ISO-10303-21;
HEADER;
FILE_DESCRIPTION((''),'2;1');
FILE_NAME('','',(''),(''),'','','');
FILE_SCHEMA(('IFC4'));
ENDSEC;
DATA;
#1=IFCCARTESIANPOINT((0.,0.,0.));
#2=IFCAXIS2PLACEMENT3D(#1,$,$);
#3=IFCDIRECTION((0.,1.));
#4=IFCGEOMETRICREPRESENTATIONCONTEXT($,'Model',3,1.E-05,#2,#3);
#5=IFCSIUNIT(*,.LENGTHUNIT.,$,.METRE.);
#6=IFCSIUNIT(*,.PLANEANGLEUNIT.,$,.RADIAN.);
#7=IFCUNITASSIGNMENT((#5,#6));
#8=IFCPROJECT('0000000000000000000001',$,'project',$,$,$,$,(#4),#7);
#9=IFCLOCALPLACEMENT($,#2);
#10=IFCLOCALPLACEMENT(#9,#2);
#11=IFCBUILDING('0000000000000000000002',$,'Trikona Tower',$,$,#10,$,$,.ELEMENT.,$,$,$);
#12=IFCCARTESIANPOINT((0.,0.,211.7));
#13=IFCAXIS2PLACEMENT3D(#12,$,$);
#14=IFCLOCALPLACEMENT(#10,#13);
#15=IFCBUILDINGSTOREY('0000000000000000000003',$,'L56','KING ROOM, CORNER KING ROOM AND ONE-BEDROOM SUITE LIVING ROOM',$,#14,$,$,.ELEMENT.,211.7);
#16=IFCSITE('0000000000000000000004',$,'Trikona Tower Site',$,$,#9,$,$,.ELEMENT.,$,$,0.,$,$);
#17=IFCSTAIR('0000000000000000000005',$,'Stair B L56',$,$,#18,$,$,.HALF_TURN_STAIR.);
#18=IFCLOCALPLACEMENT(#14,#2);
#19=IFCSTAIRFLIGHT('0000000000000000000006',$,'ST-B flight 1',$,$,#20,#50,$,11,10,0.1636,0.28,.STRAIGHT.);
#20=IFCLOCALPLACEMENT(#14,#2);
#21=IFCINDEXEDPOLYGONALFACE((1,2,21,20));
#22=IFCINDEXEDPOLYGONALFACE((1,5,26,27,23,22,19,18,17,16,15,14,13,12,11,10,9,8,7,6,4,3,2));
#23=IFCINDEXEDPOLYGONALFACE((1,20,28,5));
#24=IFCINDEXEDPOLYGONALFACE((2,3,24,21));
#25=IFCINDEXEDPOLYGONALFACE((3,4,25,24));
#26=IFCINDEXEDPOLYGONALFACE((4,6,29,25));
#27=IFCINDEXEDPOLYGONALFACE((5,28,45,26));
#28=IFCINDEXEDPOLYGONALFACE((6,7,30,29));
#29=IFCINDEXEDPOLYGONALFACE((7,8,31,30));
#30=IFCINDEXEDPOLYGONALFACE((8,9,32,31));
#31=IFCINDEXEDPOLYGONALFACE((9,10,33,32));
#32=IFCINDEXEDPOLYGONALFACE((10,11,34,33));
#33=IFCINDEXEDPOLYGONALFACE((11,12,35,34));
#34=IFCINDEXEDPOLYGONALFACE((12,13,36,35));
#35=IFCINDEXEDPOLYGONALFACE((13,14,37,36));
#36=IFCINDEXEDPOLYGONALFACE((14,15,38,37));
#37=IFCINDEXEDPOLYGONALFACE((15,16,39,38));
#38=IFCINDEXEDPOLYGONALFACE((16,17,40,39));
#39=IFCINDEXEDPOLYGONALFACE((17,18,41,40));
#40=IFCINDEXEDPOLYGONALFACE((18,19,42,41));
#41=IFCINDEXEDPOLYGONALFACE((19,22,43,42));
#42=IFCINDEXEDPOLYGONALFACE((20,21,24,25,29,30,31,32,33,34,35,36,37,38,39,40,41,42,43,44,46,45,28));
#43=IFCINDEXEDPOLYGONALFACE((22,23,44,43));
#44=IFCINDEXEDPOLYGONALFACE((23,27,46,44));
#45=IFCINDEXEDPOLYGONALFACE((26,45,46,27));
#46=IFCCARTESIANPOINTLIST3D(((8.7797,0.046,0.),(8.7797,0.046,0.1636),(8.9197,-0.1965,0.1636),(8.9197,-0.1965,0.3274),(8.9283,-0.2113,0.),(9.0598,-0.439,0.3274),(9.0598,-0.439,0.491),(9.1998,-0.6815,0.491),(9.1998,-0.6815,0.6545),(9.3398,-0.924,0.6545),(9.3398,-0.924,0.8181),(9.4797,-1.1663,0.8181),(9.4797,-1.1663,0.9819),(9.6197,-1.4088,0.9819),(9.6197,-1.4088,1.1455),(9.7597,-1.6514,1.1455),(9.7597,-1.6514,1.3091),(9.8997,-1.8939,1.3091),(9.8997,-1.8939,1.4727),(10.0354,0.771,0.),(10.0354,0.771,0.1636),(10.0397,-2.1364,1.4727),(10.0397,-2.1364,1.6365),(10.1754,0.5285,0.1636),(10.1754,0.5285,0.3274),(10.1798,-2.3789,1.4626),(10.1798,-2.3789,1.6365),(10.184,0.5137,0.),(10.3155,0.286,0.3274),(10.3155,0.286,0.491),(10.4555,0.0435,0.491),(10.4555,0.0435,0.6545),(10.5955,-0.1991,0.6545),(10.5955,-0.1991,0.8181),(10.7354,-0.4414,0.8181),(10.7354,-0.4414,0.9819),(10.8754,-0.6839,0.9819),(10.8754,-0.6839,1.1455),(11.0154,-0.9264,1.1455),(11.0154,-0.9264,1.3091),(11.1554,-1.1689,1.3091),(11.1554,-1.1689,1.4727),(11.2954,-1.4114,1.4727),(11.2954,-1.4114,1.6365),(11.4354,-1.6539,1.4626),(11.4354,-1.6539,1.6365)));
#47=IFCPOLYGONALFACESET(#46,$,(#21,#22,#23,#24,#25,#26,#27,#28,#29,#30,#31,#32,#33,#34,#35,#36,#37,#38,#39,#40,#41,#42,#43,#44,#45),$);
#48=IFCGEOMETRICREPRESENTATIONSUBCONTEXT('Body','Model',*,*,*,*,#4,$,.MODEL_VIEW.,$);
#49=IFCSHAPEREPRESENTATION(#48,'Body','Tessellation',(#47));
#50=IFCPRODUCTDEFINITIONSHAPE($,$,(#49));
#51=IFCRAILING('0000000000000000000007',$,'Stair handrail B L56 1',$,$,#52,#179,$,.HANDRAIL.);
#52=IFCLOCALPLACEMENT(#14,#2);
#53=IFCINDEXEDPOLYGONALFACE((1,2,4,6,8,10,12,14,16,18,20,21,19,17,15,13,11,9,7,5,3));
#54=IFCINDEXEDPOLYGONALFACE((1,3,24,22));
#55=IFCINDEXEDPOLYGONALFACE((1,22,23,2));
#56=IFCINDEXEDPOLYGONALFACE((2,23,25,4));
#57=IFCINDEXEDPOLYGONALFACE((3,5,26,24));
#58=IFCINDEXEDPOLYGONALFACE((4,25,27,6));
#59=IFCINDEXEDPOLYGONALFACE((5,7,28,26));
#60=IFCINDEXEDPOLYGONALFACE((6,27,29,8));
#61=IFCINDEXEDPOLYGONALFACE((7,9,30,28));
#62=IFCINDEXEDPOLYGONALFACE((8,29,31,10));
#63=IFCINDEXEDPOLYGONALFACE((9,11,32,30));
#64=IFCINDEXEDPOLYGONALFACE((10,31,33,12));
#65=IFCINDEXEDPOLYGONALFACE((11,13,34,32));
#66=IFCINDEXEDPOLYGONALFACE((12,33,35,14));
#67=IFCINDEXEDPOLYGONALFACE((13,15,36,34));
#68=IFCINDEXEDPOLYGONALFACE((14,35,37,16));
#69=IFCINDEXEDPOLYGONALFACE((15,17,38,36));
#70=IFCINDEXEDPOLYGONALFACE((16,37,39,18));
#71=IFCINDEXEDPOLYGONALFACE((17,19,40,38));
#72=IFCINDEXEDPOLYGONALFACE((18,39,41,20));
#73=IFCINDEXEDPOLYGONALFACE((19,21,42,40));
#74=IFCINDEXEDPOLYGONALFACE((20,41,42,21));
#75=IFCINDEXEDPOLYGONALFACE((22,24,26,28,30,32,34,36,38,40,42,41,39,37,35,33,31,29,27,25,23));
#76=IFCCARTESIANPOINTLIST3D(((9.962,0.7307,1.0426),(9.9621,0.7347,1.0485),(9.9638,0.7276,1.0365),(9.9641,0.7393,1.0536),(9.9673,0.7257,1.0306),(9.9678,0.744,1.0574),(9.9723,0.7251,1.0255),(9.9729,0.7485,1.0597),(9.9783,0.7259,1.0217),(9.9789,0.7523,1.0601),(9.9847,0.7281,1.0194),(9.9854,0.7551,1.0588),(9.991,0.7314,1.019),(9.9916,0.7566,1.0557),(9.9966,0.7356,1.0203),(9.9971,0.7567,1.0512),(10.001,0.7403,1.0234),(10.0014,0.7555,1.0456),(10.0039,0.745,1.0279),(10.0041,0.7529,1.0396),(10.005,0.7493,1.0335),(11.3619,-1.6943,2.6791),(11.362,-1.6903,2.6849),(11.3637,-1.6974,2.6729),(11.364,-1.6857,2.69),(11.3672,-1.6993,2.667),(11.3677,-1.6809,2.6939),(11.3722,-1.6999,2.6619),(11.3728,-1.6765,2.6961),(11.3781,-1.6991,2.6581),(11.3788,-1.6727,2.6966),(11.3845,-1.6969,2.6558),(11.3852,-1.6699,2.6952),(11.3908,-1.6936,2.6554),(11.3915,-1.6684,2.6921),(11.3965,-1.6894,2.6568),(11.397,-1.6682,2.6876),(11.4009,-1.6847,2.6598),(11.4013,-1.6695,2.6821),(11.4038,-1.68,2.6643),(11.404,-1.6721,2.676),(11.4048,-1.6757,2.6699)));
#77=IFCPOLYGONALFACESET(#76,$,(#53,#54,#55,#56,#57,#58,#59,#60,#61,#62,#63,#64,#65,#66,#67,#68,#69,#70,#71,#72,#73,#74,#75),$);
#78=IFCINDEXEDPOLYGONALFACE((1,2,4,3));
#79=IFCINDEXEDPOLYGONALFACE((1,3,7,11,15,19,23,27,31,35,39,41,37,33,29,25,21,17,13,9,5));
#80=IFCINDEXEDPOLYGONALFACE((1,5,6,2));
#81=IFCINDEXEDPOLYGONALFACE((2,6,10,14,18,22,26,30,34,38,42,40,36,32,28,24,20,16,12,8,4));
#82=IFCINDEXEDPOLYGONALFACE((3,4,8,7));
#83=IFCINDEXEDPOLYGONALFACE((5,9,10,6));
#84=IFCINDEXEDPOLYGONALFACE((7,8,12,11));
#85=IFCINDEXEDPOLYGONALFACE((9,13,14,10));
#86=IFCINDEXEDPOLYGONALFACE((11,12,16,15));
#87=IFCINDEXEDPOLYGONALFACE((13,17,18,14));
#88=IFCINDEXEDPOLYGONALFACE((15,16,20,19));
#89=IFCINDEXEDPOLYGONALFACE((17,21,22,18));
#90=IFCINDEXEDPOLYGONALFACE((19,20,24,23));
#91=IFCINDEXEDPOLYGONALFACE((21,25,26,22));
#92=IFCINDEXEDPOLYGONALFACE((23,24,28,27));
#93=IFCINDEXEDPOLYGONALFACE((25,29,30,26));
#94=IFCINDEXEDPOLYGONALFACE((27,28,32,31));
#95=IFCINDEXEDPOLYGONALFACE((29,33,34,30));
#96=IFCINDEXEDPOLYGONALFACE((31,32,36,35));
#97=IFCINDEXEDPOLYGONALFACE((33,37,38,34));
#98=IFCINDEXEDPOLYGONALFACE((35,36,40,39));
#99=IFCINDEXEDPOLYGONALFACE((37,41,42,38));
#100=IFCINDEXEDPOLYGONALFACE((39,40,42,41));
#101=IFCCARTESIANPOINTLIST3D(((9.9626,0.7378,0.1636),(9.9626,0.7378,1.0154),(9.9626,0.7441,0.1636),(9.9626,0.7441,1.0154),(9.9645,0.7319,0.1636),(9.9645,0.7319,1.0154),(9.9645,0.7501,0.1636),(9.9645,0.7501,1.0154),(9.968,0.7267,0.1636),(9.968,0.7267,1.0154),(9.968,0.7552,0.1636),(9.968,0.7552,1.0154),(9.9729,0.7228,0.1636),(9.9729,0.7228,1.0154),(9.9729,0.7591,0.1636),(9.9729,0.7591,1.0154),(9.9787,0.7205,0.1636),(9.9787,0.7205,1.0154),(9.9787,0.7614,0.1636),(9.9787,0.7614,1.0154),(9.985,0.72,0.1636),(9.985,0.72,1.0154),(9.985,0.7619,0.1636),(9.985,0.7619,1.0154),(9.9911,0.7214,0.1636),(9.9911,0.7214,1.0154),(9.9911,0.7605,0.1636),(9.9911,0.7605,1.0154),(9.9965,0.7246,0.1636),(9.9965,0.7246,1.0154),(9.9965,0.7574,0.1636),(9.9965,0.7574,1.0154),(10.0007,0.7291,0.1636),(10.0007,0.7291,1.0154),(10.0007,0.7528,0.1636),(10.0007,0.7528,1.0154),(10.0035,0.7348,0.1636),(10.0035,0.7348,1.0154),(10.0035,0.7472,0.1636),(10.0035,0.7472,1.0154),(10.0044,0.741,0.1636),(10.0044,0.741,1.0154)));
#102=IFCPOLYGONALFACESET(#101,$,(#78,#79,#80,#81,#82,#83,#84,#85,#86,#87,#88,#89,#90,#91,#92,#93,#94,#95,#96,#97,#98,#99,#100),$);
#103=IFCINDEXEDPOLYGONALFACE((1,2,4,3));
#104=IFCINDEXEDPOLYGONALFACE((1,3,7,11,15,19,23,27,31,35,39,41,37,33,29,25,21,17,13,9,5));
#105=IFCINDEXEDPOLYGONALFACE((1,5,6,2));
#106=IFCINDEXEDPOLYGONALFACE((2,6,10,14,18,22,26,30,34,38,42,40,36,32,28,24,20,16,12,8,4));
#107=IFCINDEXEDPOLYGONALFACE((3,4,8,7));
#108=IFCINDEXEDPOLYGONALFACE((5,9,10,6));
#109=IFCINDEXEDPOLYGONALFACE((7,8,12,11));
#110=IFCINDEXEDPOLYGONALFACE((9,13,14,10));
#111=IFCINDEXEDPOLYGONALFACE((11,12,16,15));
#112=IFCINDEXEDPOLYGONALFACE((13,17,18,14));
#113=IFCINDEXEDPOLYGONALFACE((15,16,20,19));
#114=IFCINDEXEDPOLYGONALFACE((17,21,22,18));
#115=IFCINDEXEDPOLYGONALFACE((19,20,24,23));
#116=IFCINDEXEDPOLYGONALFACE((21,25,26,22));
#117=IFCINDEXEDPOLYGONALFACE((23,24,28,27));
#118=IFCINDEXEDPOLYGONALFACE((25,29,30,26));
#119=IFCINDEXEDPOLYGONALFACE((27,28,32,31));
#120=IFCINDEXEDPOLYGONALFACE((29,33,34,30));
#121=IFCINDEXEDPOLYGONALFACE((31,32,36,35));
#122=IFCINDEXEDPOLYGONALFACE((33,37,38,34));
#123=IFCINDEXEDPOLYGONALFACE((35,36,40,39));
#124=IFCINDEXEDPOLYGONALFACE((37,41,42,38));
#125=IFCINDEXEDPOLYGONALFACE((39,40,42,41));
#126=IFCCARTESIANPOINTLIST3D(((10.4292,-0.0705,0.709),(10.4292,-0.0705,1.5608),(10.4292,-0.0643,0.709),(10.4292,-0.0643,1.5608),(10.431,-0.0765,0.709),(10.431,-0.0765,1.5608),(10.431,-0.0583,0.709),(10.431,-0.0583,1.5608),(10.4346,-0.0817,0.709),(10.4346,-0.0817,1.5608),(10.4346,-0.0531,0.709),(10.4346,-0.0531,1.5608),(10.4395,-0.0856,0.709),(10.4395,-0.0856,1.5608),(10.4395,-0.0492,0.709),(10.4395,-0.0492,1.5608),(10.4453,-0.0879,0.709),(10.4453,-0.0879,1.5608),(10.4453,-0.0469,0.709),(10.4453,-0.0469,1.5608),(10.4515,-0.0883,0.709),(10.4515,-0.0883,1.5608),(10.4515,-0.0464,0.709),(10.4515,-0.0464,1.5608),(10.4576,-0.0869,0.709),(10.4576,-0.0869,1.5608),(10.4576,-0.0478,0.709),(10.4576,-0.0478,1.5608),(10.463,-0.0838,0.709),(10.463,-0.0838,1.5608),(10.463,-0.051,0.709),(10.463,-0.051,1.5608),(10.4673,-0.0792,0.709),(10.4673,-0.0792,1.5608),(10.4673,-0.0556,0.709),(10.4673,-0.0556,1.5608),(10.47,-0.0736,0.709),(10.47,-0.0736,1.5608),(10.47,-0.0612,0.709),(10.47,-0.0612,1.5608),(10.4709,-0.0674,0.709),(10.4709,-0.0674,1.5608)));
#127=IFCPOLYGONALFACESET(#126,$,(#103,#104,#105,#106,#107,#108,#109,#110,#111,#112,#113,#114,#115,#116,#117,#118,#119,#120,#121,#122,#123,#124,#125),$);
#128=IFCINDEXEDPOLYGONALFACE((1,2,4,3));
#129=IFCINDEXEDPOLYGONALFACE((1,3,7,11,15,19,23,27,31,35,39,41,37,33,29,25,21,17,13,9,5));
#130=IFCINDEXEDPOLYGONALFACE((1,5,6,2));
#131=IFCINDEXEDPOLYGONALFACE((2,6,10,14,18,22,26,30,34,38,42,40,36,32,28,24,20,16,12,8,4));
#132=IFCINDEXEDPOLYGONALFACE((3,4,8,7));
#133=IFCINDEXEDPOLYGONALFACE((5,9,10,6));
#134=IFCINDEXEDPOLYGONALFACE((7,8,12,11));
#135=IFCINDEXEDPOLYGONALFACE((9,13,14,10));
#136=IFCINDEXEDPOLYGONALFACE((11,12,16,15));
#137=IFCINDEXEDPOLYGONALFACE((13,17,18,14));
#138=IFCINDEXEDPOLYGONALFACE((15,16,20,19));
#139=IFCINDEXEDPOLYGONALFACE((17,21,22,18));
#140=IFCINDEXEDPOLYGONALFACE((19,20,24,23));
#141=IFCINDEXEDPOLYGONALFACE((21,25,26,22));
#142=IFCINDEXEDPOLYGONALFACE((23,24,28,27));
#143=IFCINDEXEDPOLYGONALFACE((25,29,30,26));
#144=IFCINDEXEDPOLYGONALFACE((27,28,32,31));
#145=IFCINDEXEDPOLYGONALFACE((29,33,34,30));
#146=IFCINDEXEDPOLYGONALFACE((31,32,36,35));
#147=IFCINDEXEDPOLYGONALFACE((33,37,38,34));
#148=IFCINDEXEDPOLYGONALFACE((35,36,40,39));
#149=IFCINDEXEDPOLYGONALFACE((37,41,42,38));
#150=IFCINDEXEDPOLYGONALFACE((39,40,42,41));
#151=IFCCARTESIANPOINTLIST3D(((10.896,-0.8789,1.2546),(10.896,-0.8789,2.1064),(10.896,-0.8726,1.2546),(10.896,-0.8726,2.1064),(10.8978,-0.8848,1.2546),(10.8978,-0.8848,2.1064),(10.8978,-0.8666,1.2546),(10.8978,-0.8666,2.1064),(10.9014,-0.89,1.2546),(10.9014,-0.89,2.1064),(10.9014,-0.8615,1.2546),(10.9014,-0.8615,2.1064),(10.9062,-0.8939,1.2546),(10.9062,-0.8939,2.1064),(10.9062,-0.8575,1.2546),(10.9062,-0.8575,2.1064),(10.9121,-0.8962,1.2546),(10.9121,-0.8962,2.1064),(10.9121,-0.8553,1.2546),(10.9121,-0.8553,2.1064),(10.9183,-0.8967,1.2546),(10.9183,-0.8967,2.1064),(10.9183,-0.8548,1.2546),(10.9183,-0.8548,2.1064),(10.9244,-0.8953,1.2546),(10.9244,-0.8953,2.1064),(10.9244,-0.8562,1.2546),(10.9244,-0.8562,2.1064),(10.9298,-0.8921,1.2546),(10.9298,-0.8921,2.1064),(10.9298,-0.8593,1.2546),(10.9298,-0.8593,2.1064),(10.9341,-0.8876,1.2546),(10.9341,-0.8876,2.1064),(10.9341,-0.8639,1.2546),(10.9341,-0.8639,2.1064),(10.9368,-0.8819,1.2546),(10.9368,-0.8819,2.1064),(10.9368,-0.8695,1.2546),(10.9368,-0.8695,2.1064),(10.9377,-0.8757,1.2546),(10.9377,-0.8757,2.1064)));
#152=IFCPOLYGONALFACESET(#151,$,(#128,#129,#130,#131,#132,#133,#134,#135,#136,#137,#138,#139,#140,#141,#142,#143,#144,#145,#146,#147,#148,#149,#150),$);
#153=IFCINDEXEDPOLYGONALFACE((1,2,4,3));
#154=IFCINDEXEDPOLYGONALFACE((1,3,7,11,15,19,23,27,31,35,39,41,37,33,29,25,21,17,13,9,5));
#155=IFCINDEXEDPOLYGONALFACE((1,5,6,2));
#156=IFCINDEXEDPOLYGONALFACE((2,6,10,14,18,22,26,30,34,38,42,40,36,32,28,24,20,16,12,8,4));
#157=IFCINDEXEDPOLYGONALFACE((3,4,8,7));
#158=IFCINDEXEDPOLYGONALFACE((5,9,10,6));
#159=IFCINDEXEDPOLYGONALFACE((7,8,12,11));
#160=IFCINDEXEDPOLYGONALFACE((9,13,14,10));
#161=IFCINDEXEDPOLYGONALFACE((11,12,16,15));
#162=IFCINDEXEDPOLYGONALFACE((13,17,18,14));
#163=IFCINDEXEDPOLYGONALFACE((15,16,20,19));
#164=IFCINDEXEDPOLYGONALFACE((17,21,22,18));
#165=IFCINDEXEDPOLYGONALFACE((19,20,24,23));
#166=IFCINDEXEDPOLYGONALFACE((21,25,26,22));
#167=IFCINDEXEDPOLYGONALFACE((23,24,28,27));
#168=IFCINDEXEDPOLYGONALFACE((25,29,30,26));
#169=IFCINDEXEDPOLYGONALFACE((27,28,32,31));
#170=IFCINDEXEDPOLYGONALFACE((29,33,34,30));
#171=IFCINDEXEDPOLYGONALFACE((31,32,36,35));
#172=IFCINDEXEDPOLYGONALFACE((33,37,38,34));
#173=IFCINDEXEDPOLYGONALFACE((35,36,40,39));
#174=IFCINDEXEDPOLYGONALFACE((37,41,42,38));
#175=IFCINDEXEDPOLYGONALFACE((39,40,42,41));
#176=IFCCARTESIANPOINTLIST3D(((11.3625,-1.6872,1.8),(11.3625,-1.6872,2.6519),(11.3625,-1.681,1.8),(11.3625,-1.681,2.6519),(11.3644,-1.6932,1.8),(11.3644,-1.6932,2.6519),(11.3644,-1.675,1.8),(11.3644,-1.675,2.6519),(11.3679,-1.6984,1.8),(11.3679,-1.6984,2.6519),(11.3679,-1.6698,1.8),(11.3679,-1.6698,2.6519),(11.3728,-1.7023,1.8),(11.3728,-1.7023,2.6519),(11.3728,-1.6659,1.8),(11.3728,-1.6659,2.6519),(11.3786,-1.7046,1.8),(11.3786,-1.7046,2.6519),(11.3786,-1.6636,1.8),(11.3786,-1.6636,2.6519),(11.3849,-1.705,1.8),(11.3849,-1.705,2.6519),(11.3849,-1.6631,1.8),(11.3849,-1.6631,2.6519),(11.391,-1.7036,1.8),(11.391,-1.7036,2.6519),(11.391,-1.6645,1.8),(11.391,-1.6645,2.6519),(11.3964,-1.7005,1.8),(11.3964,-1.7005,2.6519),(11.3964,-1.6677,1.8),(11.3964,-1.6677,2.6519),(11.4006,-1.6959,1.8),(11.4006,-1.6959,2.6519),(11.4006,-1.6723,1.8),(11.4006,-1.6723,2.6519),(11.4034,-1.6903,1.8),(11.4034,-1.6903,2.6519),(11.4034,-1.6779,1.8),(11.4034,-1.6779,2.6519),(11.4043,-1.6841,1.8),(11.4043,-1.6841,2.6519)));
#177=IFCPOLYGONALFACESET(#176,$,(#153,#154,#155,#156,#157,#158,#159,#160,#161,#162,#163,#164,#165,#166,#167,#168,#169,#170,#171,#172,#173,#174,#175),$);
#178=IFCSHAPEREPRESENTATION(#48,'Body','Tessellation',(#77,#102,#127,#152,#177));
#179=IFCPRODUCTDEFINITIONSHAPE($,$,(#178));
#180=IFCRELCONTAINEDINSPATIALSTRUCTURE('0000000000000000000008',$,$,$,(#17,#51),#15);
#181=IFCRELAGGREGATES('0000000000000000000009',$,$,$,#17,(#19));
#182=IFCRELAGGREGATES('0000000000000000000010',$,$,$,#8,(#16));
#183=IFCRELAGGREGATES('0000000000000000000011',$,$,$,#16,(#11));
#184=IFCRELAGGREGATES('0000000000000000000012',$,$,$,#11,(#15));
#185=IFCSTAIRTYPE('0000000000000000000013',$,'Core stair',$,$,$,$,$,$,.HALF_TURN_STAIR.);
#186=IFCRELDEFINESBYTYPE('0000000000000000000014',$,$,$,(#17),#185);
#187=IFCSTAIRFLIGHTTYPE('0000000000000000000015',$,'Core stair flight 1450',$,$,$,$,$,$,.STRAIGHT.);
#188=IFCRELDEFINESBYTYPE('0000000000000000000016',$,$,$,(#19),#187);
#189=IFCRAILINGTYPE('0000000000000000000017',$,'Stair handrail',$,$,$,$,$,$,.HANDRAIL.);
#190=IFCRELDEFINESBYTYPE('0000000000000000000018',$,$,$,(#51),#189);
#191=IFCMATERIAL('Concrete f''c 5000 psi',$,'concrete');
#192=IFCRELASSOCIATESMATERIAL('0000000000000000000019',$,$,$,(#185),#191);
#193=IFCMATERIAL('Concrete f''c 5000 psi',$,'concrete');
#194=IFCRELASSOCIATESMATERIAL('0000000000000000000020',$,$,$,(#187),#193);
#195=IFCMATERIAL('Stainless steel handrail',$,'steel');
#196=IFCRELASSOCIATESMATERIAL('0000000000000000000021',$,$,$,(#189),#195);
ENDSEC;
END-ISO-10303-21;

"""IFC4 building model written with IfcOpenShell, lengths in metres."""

from ifc_helpers import new_model, si_unit, direction, frame, origin, origin_2d, place, context, subcontext, project, spatial, polyline, circle, outline, extrude, material, type_object, element, aggregate, save


model = new_model("IFC4")

# Units and contexts
model_context = context("Model", 3, precision=1e-05, world=origin(), true_north=direction((0.0, 1.0)))
body_context = subcontext(model_context, "Body", "Model", "MODEL_VIEW")
ifc_project = project(units=[si_unit("LENGTHUNIT", "METRE"), si_unit("PLANEANGLEUNIT", "RADIAN")], contexts=[model_context])

# Site, building, storey
site_placement = place(None, origin())
site = spatial("IfcSite", under=ifc_project, at=site_placement, Name="Trikona Tower Site", CompositionType="ELEMENT", RefElevation=0.0)
building_placement = place(site_placement, origin())
building = spatial("IfcBuilding", under=site, at=building_placement, Name="Trikona Tower", CompositionType="ELEMENT")
storey_placement = place(building_placement, frame((0.0, 0.0, 211.7)))
storey = spatial("IfcBuildingStorey", under=building, at=storey_placement, Name="L56", Description="KING ROOM, CORNER KING ROOM AND ONE-BEDROOM SUITE LIVING ROOM", CompositionType="ELEMENT", Elevation=211.7)

# Stair
ifc_material_1 = material(Name="Concrete f'c 5000 psi", Category="concrete")
stair_type = type_object("IfcStairType", Name="Core stair", PredefinedType="HALF_TURN_STAIR", material=ifc_material_1)
stair_1_placement = place(storey_placement, origin())
stair_1 = element("IfcStair", 1, at=stair_1_placement, inside=storey, type_object=stair_type, Name="Stair B L56", PredefinedType="HALF_TURN_STAIR")

# Stair flight
ifc_material_2 = material(Name="Concrete f'c 5000 psi", Category="concrete")
stair_flight_type = type_object("IfcStairFlightType", Name="Core stair flight 1450", PredefinedType="STRAIGHT", material=ifc_material_2)
stair_flight_placement = place(storey_placement, frame((9.4075, 0.4084, 0.0), z_axis=(0.0, 0.0, 1.0), x_axis=(0.5, -0.866025, 0.0)))
stair_flight = element("IfcStairFlight", 2, at=stair_flight_placement, type_object=stair_flight_type, Name="ST-B flight 1", NumberOfRisers=11, NumberOfTreads=10, PredefinedType="STRAIGHT", RiserHeight=0.1636, TreadLength=0.28, context=body_context, shape_type="SweptSolid", body=[
    extrude(outline(polyline([(0.0, 0.0), (0.0, 0.1636), (0.28, 0.1636), (0.28, 0.3274), (0.5601, 0.3274), (0.5601, 0.491), (0.8401, 0.491), (0.8401, 0.6545), (1.1201, 0.6545), (1.1201, 0.8181), (1.3999, 0.8181), (1.3999, 0.9819), (1.6799, 0.9819), (1.6799, 1.1455), (1.96, 1.1455), (1.96, 1.3091), (2.24, 1.3091), (2.24, 1.4727), (2.52, 1.4727), (2.52, 1.6365), (2.8, 1.6365), (2.8, 1.8), (2.8, 1.4626), (0.2971, 0.0), (0.0, 0.0)])), frame((0.0, 0.7251, 0.0), z_axis=(0.0, -1.0, 0.0), x_axis=(1.0, 0.0, 0.0)), (0.0, 0.0, 1.0), 1.45),
])
aggregate(stair_1, [stair_flight])

# Railing
ifc_material_3 = material(Name="Stainless steel handrail", Category="steel")
railing_type = type_object("IfcRailingType", Name="Stair handrail", PredefinedType="HANDRAIL", material=ifc_material_3)
railing_placement = place(storey_placement, frame((9.9834, 0.741, 0.1636)))
element("IfcRailing", 3, at=railing_placement, inside=storey, type_object=railing_type, Name="Stair handrail B L56 1", PredefinedType="HANDRAIL", context=body_context, shape_type="SweptSolid", body=[
    extrude(circle(Radius=0.0239, at=origin_2d()), frame((0.0, 0.0, 0.876), z_axis=(0.431636, -0.747723, 0.504579), x_axis=(0.866056, 0.499946, 0.0)), (0.0, 0.0, 1.0), 3.2432),
    extrude(circle(Radius=0.021, at=origin_2d()), origin(), (0.0, 0.0, 1.0), 0.8518),
    extrude(circle(Radius=0.021, at=origin_2d()), frame((0.4666, -0.8083, 0.5454)), (0.0, 0.0, 1.0), 0.8518),
    extrude(circle(Radius=0.021, at=origin_2d()), frame((0.9333, -1.6167, 1.0911)), (0.0, 0.0, 1.0), 0.8518),
    extrude(circle(Radius=0.021, at=origin_2d()), frame((1.3999, -2.425, 1.6365)), (0.0, 0.0, 1.0), 0.8518),
])

save(model, "model.ifc")
